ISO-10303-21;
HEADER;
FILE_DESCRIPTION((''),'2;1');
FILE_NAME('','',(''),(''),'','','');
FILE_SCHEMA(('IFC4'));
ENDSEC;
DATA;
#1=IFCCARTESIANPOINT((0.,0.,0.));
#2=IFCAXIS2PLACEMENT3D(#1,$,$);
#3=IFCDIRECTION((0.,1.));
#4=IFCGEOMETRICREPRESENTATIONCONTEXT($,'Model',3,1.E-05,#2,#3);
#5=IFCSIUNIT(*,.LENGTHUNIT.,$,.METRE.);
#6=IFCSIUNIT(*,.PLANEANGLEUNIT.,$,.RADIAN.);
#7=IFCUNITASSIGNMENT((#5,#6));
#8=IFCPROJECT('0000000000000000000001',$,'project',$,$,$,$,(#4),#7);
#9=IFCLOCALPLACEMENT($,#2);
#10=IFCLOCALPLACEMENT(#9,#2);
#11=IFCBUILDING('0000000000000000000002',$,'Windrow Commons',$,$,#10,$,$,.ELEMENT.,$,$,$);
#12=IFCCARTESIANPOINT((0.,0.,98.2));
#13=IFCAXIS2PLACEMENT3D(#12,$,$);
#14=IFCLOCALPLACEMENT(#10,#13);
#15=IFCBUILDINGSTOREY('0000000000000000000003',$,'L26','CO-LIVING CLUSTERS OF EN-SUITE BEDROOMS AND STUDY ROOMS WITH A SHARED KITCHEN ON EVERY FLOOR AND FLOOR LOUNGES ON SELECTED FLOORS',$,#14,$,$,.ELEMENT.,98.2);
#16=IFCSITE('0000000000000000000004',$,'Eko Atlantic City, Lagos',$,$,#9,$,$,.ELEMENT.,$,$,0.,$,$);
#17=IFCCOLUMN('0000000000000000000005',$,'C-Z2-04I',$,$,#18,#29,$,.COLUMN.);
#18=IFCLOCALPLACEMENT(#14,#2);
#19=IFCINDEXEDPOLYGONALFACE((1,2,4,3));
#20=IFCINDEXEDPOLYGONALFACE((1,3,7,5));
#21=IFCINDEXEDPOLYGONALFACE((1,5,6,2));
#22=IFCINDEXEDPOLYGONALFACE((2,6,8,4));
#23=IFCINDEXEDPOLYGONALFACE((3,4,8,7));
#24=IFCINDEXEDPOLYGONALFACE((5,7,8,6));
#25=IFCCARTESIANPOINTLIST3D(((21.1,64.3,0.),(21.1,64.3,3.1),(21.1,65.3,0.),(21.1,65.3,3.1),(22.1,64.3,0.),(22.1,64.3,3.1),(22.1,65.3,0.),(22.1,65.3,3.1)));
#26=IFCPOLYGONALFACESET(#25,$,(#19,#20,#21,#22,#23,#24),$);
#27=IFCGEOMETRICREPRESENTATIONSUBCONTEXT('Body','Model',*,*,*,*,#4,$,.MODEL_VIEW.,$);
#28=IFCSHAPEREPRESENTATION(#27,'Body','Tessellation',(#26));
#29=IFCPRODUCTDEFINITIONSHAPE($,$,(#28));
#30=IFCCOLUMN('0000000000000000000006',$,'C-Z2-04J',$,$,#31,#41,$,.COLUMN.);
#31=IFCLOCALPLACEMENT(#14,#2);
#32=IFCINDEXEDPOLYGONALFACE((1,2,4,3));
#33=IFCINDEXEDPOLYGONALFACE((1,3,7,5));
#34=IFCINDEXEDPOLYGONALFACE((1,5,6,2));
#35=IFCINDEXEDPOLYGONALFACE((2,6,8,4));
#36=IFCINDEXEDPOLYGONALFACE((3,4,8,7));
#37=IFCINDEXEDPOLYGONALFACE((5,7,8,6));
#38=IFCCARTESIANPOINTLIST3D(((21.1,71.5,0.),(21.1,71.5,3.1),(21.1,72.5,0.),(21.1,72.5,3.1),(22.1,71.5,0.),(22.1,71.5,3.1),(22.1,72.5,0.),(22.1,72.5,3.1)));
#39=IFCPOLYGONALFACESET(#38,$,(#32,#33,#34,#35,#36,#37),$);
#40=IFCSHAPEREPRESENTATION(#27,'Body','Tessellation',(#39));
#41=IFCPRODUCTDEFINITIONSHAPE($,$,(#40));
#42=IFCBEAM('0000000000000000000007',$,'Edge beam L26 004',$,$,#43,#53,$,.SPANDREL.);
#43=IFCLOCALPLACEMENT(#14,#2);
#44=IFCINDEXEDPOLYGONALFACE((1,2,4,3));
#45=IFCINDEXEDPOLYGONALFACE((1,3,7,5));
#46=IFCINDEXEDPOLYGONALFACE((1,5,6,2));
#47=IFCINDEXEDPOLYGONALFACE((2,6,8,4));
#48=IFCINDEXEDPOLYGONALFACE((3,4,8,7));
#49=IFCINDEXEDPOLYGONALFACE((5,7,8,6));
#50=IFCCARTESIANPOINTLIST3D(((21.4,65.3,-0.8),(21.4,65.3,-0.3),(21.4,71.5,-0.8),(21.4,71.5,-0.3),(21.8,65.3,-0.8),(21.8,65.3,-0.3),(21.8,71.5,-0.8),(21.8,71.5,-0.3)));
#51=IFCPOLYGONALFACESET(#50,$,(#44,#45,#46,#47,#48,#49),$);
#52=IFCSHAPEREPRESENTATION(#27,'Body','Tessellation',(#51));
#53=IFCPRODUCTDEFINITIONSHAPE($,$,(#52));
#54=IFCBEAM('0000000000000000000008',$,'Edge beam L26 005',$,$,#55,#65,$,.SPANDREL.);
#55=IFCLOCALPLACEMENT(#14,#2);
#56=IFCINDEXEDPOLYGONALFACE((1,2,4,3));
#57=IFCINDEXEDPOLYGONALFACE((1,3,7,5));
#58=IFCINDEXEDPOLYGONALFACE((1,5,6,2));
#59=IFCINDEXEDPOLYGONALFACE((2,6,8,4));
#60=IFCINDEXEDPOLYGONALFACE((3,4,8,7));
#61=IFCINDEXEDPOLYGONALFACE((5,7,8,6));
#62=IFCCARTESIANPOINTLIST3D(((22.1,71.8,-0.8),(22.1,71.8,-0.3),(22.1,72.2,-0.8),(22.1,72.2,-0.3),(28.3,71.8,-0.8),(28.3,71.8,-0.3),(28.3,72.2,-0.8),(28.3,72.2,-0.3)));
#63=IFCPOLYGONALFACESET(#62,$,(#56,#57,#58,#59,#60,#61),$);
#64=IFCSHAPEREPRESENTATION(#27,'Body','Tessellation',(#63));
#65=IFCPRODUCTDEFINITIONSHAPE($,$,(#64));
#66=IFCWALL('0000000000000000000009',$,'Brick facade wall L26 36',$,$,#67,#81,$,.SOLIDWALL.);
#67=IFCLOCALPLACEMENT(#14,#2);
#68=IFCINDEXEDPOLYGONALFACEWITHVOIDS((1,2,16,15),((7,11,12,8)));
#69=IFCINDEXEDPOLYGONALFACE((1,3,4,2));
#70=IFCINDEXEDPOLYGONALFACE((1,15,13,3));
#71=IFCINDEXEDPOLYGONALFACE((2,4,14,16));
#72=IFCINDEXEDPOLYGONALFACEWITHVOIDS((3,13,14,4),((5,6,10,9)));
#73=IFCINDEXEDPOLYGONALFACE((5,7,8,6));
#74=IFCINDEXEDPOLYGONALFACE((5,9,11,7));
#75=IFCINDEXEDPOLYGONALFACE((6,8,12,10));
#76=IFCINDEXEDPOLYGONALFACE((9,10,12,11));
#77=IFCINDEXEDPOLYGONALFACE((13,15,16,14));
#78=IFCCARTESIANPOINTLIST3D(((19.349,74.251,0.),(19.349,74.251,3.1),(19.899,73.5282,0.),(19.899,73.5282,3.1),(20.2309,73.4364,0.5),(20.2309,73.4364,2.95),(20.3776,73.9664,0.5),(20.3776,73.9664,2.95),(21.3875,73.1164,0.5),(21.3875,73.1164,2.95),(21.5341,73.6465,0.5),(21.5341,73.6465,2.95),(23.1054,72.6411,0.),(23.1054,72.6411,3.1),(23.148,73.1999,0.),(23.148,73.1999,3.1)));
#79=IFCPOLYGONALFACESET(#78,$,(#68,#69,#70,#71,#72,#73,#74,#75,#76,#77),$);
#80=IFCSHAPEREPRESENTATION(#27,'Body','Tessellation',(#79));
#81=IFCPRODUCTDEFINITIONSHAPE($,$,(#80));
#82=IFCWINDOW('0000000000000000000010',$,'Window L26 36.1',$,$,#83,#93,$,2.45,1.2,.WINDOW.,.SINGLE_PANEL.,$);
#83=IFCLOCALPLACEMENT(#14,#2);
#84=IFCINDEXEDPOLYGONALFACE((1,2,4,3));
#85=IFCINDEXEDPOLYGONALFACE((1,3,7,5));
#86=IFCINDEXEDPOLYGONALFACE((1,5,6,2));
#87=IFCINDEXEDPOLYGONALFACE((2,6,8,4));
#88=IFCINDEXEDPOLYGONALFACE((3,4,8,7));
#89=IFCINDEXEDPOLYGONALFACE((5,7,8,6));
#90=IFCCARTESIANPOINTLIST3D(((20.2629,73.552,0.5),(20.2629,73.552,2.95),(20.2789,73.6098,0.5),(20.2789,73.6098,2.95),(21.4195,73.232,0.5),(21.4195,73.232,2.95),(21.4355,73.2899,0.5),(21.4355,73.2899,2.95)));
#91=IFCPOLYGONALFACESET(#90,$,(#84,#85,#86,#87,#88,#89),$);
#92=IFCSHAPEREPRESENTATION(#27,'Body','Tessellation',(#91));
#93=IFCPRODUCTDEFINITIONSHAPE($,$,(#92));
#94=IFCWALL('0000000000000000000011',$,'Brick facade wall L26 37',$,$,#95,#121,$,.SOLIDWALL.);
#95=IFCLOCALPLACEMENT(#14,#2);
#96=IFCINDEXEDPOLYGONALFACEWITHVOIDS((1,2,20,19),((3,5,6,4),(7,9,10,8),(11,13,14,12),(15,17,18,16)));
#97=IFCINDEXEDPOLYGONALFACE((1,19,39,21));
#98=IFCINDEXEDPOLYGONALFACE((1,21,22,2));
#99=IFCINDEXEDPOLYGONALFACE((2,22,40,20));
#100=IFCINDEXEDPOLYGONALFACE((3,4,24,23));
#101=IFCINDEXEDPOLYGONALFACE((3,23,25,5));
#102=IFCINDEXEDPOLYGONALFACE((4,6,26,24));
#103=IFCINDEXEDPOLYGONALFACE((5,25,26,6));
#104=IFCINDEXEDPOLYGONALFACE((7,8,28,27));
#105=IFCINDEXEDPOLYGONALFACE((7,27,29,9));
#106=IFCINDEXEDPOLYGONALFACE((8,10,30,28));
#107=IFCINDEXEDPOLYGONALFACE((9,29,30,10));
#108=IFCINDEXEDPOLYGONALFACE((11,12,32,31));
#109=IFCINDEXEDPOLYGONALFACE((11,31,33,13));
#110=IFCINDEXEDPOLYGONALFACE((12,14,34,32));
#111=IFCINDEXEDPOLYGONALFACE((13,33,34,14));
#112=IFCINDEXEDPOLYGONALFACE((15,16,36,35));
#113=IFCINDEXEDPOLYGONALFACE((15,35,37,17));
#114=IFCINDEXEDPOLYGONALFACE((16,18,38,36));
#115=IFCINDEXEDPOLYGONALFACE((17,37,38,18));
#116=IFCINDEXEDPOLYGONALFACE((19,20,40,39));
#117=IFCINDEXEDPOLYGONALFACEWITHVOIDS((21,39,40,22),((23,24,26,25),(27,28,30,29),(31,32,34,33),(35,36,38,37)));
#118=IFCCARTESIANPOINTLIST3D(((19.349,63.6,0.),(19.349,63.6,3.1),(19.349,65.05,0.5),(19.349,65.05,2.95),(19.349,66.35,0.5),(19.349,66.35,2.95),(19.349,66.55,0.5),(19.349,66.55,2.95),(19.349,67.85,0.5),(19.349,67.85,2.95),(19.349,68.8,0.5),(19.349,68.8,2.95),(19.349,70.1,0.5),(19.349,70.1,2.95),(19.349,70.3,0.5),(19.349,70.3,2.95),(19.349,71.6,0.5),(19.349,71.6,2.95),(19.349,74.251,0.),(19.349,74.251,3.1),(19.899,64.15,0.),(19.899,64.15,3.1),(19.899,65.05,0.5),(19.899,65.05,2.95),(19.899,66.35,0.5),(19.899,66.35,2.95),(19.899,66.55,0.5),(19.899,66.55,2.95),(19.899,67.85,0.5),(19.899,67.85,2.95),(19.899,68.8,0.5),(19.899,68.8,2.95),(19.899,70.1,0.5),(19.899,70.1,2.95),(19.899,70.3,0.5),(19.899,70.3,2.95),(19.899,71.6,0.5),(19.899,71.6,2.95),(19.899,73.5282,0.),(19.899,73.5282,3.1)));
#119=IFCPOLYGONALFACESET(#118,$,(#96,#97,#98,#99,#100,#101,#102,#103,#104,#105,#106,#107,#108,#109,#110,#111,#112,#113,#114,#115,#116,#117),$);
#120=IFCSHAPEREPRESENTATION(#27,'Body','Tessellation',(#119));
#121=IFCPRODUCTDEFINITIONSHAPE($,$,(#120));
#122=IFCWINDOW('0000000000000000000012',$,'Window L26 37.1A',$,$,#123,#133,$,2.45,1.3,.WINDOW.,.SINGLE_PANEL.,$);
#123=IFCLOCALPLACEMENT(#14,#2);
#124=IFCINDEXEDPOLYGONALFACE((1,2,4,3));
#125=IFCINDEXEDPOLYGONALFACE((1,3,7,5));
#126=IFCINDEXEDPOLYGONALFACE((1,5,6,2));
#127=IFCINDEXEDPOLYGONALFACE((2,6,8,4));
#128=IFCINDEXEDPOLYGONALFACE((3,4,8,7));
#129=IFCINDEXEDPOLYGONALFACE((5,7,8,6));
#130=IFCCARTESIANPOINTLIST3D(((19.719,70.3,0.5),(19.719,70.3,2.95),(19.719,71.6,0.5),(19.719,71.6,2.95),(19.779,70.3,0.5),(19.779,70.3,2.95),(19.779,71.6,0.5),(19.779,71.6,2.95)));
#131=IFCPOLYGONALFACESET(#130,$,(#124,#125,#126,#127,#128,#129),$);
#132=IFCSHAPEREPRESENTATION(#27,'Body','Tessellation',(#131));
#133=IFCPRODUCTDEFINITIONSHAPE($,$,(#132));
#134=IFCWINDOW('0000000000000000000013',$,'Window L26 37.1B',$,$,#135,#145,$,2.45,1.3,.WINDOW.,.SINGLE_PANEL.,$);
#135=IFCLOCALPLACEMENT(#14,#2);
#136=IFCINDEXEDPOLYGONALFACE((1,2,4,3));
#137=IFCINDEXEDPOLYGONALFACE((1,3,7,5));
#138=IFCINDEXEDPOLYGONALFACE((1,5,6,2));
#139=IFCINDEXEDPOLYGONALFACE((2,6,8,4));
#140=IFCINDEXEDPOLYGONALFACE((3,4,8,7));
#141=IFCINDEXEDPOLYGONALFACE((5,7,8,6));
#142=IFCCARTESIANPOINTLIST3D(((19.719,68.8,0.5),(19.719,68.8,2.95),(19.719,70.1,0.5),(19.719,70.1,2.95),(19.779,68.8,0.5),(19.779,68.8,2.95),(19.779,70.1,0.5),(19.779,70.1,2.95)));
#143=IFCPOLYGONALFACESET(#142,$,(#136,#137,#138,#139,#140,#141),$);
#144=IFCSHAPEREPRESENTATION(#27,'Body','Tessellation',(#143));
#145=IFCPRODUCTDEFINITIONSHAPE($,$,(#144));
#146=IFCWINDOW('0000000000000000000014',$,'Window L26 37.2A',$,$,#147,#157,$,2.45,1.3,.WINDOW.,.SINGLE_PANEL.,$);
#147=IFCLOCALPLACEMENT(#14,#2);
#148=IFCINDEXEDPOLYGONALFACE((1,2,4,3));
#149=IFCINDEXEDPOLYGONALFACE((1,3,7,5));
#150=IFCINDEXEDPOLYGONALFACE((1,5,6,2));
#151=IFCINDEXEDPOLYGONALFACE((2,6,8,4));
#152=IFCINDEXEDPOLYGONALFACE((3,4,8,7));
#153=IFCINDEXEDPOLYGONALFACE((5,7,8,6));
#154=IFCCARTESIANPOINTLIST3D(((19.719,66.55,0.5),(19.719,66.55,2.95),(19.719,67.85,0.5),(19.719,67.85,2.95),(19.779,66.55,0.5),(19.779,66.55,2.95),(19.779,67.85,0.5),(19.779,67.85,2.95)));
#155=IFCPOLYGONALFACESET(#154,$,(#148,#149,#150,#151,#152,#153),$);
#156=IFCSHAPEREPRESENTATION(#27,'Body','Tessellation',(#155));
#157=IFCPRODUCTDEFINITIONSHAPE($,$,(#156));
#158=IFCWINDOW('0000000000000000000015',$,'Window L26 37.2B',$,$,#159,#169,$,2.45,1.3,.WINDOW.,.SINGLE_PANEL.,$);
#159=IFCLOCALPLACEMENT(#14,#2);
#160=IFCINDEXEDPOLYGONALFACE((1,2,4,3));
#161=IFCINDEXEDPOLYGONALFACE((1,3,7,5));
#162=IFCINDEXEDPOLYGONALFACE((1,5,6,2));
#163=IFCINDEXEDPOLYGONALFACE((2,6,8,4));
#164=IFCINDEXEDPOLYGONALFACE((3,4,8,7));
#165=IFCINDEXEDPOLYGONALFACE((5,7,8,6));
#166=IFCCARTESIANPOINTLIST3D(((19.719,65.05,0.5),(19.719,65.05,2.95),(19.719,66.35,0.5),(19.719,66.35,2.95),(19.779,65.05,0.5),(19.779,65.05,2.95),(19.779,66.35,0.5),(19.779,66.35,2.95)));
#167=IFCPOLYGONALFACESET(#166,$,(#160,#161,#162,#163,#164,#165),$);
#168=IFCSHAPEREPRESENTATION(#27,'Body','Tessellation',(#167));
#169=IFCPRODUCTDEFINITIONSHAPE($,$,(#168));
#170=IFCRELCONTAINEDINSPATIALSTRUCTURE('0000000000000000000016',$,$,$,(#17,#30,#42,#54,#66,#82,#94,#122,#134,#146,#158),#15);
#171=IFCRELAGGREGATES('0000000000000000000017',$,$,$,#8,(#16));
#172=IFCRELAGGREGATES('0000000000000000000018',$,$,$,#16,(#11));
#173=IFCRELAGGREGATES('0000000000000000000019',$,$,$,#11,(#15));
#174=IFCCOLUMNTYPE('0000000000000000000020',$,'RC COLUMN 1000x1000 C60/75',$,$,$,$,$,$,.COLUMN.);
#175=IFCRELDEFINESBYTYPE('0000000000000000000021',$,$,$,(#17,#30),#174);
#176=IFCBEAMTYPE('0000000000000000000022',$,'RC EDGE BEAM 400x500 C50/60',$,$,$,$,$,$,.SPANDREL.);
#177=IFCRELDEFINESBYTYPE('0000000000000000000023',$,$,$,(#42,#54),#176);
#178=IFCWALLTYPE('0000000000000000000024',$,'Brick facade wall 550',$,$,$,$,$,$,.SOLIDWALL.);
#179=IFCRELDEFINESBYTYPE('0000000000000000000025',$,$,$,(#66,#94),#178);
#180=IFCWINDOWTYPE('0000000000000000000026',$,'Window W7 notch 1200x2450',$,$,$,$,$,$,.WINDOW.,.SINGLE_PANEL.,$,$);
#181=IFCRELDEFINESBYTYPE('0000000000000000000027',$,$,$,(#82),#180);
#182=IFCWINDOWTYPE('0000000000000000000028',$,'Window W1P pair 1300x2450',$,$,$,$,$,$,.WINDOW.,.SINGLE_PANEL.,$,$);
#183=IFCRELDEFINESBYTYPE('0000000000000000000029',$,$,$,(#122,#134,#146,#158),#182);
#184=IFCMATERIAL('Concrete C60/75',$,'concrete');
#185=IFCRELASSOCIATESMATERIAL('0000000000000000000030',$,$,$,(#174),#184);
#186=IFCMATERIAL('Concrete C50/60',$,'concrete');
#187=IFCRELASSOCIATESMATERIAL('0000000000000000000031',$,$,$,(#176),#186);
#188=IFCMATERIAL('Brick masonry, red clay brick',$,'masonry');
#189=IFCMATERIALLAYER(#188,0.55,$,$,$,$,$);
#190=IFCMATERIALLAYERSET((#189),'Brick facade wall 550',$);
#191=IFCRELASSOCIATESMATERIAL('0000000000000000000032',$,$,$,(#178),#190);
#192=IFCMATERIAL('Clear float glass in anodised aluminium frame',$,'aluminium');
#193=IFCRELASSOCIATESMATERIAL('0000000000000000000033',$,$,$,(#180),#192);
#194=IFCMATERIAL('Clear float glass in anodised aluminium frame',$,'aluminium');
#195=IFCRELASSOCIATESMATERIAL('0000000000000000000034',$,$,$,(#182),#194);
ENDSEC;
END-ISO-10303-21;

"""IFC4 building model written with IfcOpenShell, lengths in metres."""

from ifc_helpers import new_model, si_unit, direction, frame, frame_2d, origin, origin_2d, place, context, subcontext, project, spatial, polyline, rectangle, outline, extrude, material, layer, layer_set, material_profile, profile_set, type_object, element, fill, save


model = new_model("IFC4")

# Units and contexts
model_context = context("Model", 3, precision=1e-05, world=origin(), true_north=direction((0.0, 1.0)))
body_context = subcontext(model_context, "Body", "Model", "MODEL_VIEW")
ifc_project = project(units=[si_unit("LENGTHUNIT", "METRE"), si_unit("PLANEANGLEUNIT", "RADIAN")], contexts=[model_context])

# Site, building, storey
site_placement = place(None, origin())
site = spatial("IfcSite", under=ifc_project, at=site_placement, Name="Eko Atlantic City, Lagos", CompositionType="ELEMENT", RefElevation=0.0)
building_placement = place(site_placement, origin())
building = spatial("IfcBuilding", under=site, at=building_placement, Name="Windrow Commons", CompositionType="ELEMENT")
storey_placement = place(building_placement, frame((0.0, 0.0, 98.2)))
storey = spatial("IfcBuildingStorey", under=building, at=storey_placement, Name="L26", Description="CO-LIVING CLUSTERS OF EN-SUITE BEDROOMS AND STUDY ROOMS WITH A SHARED KITCHEN ON EVERY FLOOR AND FLOOR LOUNGES ON SELECTED FLOORS", CompositionType="ELEMENT", Elevation=98.2)

# Columns
ifc_material_1 = material(Name="Concrete C60/75", Category="concrete")
ifc_material_profile_1 = material_profile(ifc_material_1, rectangle(XDim=1.0, YDim=1.0, at=origin_2d()))
ifc_profile_set_1 = profile_set([ifc_material_profile_1], Name="Concrete C60/75")
column_type = type_object("IfcColumnType", Name="RC COLUMN 1000x1000 C60/75", PredefinedType="COLUMN", material=ifc_profile_set_1)
for number, where, z_axis, x_axis, name in (
    (1, (21.6, 64.8, 0.0), (0.0, 0.0, 1.0), (1.0, 0.0, 0.0), "C-Z2-04I"),
    (2, (21.6, 72.0, 0.0), (0.0, 0.0, 1.0), (1.0, 0.0, 0.0), "C-Z2-04J"),
):
    element("IfcColumn", number, at=place(storey_placement, frame(where, z_axis=z_axis, x_axis=x_axis)), inside=storey, type_object=column_type, Name=name, PredefinedType="COLUMN", context=body_context, shape_type="SweptSolid", body=[
        extrude(rectangle(XDim=1.0, YDim=1.0, at=origin_2d()), origin(), (0.0, 0.0, 1.0), 3.1),
    ])

# Beams
ifc_material_2 = material(Name="Concrete C50/60", Category="concrete")
ifc_material_profile_2 = material_profile(ifc_material_2, rectangle(XDim=0.4, YDim=0.5, at=origin_2d()))
ifc_profile_set_2 = profile_set([ifc_material_profile_2], Name="Concrete C50/60")
beam_type = type_object("IfcBeamType", Name="RC EDGE BEAM 400x500 C50/60", PredefinedType="SPANDREL", material=ifc_profile_set_2)
for number, where, z_axis, x_axis, name in (
    (3, (21.6, 65.3, -0.55), (0.0, 1.0, 0.0), (-1.0, 0.0, 0.0), "Edge beam L26 004"),
    (4, (22.1, 72.0, -0.55), (1.0, 0.0, 0.0), (0.0, 1.0, 0.0), "Edge beam L26 005"),
):
    element("IfcBeam", number, at=place(storey_placement, frame(where, z_axis=z_axis, x_axis=x_axis)), inside=storey, type_object=beam_type, Name=name, PredefinedType="SPANDREL", context=body_context, shape_type="SweptSolid", body=[
        extrude(rectangle(XDim=0.4, YDim=0.5, at=origin_2d()), origin(), (0.0, 0.0, 1.0), 6.2),
    ])

# Wall, opening, window
ifc_material_3 = material(Name="Brick masonry, red clay brick", Category="masonry")
ifc_layer_1 = layer(ifc_material_3, 0.55)
ifc_layer_set_1 = layer_set([ifc_layer_1], Name="Brick facade wall 550")
wall_type_1 = type_object("IfcWallType", Name="Brick facade wall 550", PredefinedType="SOLIDWALL", material=ifc_layer_set_1)
wall_1_placement = place(storey_placement, frame((23.1267, 72.9205, 0.0), z_axis=(0.0, 0.0, 1.0), x_axis=(-0.963792, 0.266655, 0.0)))
wall_1 = element("IfcWall", 5, at=wall_1_placement, inside=storey, type_object=wall_type_1, Name="Brick facade wall L26 36", PredefinedType="SOLIDWALL", context=body_context, shape_type="SweptSolid", body=[
    extrude(outline(polyline([(0.054, -0.275), (3.9957, -0.275), (3.2729, 0.275), (-0.054, 0.275), (0.054, -0.275)])), origin(), (0.0, 0.0, 1.0), 3.1),
])
opening_1_placement = place(wall_1_placement, frame((1.7285, 0.0, 0.5)))
opening_1 = element("IfcOpeningElement", 6, at=opening_1_placement, cuts=wall_1, PredefinedType="OPENING", context=body_context, shape_type="SweptSolid", body=[
    extrude(rectangle(XDim=1.2, YDim=2.45, at=frame_2d((0.6, 1.225))), frame((0.0, 0.285, 0.0), z_axis=(0.0, -1.0, 0.0), x_axis=(1.0, 0.0, 0.0)), (0.0, 0.0, 1.0), 0.57),
])
ifc_material_4 = material(Name="Clear float glass in anodised aluminium frame", Category="aluminium")
window_type_1 = type_object("IfcWindowType", Name="Window W7 notch 1200x2450", PartitioningType="SINGLE_PANEL", PredefinedType="WINDOW", material=ifc_material_4)
window_1_placement = place(opening_1_placement, origin())
window_1 = element("IfcWindow", 7, at=window_1_placement, inside=storey, type_object=window_type_1, Name="Window L26 36.1", OverallHeight=2.45, OverallWidth=1.2, PartitioningType="SINGLE_PANEL", PredefinedType="WINDOW", context=body_context, shape_type="SweptSolid", body=[
    extrude(rectangle(XDim=1.2, YDim=2.45, at=frame_2d((0.6, 1.225))), frame((0.0, 0.155, 0.0), z_axis=(0.0, -1.0, 0.0), x_axis=(1.0, 0.0, 0.0)), (0.0, 0.0, 1.0), 0.06),
])
fill(opening_1, window_1)

# Wall, openings, windows
wall_2_placement = place(storey_placement, frame((19.624, 73.8896, 0.0), z_axis=(0.0, 0.0, 1.0), x_axis=(0.0, -1.0, 0.0)))
wall_2 = element("IfcWall", 8, at=wall_2_placement, inside=storey, type_object=wall_type_1, Name="Brick facade wall L26 37", PredefinedType="SOLIDWALL", context=body_context, shape_type="SweptSolid", body=[
    extrude(outline(polyline([(-0.3614, -0.275), (10.2896, -0.275), (9.7396, 0.275), (0.3614, 0.275), (-0.3614, -0.275)])), origin(), (0.0, 0.0, 1.0), 3.1),
])
opening_2_placement = place(wall_2_placement, frame((2.2896, 0.0, 0.5)))
opening_2 = element("IfcOpeningElement", 9, at=opening_2_placement, cuts=wall_2, PredefinedType="OPENING", context=body_context, shape_type="SweptSolid", body=[
    extrude(rectangle(XDim=1.3, YDim=2.45, at=frame_2d((0.65, 1.225))), frame((0.0, 0.285, 0.0), z_axis=(0.0, -1.0, 0.0), x_axis=(1.0, 0.0, 0.0)), (0.0, 0.0, 1.0), 0.57),
])
opening_3_placement = place(wall_2_placement, frame((3.7896, 0.0, 0.5)))
opening_3 = element("IfcOpeningElement", 10, at=opening_3_placement, cuts=wall_2, PredefinedType="OPENING", context=body_context, shape_type="SweptSolid", body=[
    extrude(rectangle(XDim=1.3, YDim=2.45, at=frame_2d((0.65, 1.225))), frame((0.0, 0.285, 0.0), z_axis=(0.0, -1.0, 0.0), x_axis=(1.0, 0.0, 0.0)), (0.0, 0.0, 1.0), 0.57),
])
opening_4_placement = place(wall_2_placement, frame((6.0396, 0.0, 0.5)))
opening_4 = element("IfcOpeningElement", 11, at=opening_4_placement, cuts=wall_2, PredefinedType="OPENING", context=body_context, shape_type="SweptSolid", body=[
    extrude(rectangle(XDim=1.3, YDim=2.45, at=frame_2d((0.65, 1.225))), frame((0.0, 0.285, 0.0), z_axis=(0.0, -1.0, 0.0), x_axis=(1.0, 0.0, 0.0)), (0.0, 0.0, 1.0), 0.57),
])
opening_5_placement = place(wall_2_placement, frame((7.5396, 0.0, 0.5)))
opening_5 = element("IfcOpeningElement", 12, at=opening_5_placement, cuts=wall_2, PredefinedType="OPENING", context=body_context, shape_type="SweptSolid", body=[
    extrude(rectangle(XDim=1.3, YDim=2.45, at=frame_2d((0.65, 1.225))), frame((0.0, 0.285, 0.0), z_axis=(0.0, -1.0, 0.0), x_axis=(1.0, 0.0, 0.0)), (0.0, 0.0, 1.0), 0.57),
])
ifc_material_5 = material(Name="Clear float glass in anodised aluminium frame", Category="aluminium")
window_type_2 = type_object("IfcWindowType", Name="Window W1P pair 1300x2450", PartitioningType="SINGLE_PANEL", PredefinedType="WINDOW", material=ifc_material_5)
window_2_placement = place(opening_2_placement, origin())
window_2 = element("IfcWindow", 13, at=window_2_placement, inside=storey, type_object=window_type_2, Name="Window L26 37.1A", OverallHeight=2.45, OverallWidth=1.3, PartitioningType="SINGLE_PANEL", PredefinedType="WINDOW", context=body_context, shape_type="SweptSolid", body=[
    extrude(rectangle(XDim=1.3, YDim=2.45, at=frame_2d((0.65, 1.225))), frame((0.0, 0.155, 0.0), z_axis=(0.0, -1.0, 0.0), x_axis=(1.0, 0.0, 0.0)), (0.0, 0.0, 1.0), 0.06),
])
fill(opening_2, window_2)
window_3_placement = place(opening_3_placement, origin())
window_3 = element("IfcWindow", 14, at=window_3_placement, inside=storey, type_object=window_type_2, Name="Window L26 37.1B", OverallHeight=2.45, OverallWidth=1.3, PartitioningType="SINGLE_PANEL", PredefinedType="WINDOW", context=body_context, shape_type="SweptSolid", body=[
    extrude(rectangle(XDim=1.3, YDim=2.45, at=frame_2d((0.65, 1.225))), frame((0.0, 0.155, 0.0), z_axis=(0.0, -1.0, 0.0), x_axis=(1.0, 0.0, 0.0)), (0.0, 0.0, 1.0), 0.06),
])
fill(opening_3, window_3)
window_4_placement = place(opening_4_placement, origin())
window_4 = element("IfcWindow", 15, at=window_4_placement, inside=storey, type_object=window_type_2, Name="Window L26 37.2A", OverallHeight=2.45, OverallWidth=1.3, PartitioningType="SINGLE_PANEL", PredefinedType="WINDOW", context=body_context, shape_type="SweptSolid", body=[
    extrude(rectangle(XDim=1.3, YDim=2.45, at=frame_2d((0.65, 1.225))), frame((0.0, 0.155, 0.0), z_axis=(0.0, -1.0, 0.0), x_axis=(1.0, 0.0, 0.0)), (0.0, 0.0, 1.0), 0.06),
])
fill(opening_4, window_4)
window_5_placement = place(opening_5_placement, origin())
window_5 = element("IfcWindow", 16, at=window_5_placement, inside=storey, type_object=window_type_2, Name="Window L26 37.2B", OverallHeight=2.45, OverallWidth=1.3, PartitioningType="SINGLE_PANEL", PredefinedType="WINDOW", context=body_context, shape_type="SweptSolid", body=[
    extrude(rectangle(XDim=1.3, YDim=2.45, at=frame_2d((0.65, 1.225))), frame((0.0, 0.155, 0.0), z_axis=(0.0, -1.0, 0.0), x_axis=(1.0, 0.0, 0.0)), (0.0, 0.0, 1.0), 0.06),
])
fill(opening_5, window_5)

save(model, "model.ifc")
